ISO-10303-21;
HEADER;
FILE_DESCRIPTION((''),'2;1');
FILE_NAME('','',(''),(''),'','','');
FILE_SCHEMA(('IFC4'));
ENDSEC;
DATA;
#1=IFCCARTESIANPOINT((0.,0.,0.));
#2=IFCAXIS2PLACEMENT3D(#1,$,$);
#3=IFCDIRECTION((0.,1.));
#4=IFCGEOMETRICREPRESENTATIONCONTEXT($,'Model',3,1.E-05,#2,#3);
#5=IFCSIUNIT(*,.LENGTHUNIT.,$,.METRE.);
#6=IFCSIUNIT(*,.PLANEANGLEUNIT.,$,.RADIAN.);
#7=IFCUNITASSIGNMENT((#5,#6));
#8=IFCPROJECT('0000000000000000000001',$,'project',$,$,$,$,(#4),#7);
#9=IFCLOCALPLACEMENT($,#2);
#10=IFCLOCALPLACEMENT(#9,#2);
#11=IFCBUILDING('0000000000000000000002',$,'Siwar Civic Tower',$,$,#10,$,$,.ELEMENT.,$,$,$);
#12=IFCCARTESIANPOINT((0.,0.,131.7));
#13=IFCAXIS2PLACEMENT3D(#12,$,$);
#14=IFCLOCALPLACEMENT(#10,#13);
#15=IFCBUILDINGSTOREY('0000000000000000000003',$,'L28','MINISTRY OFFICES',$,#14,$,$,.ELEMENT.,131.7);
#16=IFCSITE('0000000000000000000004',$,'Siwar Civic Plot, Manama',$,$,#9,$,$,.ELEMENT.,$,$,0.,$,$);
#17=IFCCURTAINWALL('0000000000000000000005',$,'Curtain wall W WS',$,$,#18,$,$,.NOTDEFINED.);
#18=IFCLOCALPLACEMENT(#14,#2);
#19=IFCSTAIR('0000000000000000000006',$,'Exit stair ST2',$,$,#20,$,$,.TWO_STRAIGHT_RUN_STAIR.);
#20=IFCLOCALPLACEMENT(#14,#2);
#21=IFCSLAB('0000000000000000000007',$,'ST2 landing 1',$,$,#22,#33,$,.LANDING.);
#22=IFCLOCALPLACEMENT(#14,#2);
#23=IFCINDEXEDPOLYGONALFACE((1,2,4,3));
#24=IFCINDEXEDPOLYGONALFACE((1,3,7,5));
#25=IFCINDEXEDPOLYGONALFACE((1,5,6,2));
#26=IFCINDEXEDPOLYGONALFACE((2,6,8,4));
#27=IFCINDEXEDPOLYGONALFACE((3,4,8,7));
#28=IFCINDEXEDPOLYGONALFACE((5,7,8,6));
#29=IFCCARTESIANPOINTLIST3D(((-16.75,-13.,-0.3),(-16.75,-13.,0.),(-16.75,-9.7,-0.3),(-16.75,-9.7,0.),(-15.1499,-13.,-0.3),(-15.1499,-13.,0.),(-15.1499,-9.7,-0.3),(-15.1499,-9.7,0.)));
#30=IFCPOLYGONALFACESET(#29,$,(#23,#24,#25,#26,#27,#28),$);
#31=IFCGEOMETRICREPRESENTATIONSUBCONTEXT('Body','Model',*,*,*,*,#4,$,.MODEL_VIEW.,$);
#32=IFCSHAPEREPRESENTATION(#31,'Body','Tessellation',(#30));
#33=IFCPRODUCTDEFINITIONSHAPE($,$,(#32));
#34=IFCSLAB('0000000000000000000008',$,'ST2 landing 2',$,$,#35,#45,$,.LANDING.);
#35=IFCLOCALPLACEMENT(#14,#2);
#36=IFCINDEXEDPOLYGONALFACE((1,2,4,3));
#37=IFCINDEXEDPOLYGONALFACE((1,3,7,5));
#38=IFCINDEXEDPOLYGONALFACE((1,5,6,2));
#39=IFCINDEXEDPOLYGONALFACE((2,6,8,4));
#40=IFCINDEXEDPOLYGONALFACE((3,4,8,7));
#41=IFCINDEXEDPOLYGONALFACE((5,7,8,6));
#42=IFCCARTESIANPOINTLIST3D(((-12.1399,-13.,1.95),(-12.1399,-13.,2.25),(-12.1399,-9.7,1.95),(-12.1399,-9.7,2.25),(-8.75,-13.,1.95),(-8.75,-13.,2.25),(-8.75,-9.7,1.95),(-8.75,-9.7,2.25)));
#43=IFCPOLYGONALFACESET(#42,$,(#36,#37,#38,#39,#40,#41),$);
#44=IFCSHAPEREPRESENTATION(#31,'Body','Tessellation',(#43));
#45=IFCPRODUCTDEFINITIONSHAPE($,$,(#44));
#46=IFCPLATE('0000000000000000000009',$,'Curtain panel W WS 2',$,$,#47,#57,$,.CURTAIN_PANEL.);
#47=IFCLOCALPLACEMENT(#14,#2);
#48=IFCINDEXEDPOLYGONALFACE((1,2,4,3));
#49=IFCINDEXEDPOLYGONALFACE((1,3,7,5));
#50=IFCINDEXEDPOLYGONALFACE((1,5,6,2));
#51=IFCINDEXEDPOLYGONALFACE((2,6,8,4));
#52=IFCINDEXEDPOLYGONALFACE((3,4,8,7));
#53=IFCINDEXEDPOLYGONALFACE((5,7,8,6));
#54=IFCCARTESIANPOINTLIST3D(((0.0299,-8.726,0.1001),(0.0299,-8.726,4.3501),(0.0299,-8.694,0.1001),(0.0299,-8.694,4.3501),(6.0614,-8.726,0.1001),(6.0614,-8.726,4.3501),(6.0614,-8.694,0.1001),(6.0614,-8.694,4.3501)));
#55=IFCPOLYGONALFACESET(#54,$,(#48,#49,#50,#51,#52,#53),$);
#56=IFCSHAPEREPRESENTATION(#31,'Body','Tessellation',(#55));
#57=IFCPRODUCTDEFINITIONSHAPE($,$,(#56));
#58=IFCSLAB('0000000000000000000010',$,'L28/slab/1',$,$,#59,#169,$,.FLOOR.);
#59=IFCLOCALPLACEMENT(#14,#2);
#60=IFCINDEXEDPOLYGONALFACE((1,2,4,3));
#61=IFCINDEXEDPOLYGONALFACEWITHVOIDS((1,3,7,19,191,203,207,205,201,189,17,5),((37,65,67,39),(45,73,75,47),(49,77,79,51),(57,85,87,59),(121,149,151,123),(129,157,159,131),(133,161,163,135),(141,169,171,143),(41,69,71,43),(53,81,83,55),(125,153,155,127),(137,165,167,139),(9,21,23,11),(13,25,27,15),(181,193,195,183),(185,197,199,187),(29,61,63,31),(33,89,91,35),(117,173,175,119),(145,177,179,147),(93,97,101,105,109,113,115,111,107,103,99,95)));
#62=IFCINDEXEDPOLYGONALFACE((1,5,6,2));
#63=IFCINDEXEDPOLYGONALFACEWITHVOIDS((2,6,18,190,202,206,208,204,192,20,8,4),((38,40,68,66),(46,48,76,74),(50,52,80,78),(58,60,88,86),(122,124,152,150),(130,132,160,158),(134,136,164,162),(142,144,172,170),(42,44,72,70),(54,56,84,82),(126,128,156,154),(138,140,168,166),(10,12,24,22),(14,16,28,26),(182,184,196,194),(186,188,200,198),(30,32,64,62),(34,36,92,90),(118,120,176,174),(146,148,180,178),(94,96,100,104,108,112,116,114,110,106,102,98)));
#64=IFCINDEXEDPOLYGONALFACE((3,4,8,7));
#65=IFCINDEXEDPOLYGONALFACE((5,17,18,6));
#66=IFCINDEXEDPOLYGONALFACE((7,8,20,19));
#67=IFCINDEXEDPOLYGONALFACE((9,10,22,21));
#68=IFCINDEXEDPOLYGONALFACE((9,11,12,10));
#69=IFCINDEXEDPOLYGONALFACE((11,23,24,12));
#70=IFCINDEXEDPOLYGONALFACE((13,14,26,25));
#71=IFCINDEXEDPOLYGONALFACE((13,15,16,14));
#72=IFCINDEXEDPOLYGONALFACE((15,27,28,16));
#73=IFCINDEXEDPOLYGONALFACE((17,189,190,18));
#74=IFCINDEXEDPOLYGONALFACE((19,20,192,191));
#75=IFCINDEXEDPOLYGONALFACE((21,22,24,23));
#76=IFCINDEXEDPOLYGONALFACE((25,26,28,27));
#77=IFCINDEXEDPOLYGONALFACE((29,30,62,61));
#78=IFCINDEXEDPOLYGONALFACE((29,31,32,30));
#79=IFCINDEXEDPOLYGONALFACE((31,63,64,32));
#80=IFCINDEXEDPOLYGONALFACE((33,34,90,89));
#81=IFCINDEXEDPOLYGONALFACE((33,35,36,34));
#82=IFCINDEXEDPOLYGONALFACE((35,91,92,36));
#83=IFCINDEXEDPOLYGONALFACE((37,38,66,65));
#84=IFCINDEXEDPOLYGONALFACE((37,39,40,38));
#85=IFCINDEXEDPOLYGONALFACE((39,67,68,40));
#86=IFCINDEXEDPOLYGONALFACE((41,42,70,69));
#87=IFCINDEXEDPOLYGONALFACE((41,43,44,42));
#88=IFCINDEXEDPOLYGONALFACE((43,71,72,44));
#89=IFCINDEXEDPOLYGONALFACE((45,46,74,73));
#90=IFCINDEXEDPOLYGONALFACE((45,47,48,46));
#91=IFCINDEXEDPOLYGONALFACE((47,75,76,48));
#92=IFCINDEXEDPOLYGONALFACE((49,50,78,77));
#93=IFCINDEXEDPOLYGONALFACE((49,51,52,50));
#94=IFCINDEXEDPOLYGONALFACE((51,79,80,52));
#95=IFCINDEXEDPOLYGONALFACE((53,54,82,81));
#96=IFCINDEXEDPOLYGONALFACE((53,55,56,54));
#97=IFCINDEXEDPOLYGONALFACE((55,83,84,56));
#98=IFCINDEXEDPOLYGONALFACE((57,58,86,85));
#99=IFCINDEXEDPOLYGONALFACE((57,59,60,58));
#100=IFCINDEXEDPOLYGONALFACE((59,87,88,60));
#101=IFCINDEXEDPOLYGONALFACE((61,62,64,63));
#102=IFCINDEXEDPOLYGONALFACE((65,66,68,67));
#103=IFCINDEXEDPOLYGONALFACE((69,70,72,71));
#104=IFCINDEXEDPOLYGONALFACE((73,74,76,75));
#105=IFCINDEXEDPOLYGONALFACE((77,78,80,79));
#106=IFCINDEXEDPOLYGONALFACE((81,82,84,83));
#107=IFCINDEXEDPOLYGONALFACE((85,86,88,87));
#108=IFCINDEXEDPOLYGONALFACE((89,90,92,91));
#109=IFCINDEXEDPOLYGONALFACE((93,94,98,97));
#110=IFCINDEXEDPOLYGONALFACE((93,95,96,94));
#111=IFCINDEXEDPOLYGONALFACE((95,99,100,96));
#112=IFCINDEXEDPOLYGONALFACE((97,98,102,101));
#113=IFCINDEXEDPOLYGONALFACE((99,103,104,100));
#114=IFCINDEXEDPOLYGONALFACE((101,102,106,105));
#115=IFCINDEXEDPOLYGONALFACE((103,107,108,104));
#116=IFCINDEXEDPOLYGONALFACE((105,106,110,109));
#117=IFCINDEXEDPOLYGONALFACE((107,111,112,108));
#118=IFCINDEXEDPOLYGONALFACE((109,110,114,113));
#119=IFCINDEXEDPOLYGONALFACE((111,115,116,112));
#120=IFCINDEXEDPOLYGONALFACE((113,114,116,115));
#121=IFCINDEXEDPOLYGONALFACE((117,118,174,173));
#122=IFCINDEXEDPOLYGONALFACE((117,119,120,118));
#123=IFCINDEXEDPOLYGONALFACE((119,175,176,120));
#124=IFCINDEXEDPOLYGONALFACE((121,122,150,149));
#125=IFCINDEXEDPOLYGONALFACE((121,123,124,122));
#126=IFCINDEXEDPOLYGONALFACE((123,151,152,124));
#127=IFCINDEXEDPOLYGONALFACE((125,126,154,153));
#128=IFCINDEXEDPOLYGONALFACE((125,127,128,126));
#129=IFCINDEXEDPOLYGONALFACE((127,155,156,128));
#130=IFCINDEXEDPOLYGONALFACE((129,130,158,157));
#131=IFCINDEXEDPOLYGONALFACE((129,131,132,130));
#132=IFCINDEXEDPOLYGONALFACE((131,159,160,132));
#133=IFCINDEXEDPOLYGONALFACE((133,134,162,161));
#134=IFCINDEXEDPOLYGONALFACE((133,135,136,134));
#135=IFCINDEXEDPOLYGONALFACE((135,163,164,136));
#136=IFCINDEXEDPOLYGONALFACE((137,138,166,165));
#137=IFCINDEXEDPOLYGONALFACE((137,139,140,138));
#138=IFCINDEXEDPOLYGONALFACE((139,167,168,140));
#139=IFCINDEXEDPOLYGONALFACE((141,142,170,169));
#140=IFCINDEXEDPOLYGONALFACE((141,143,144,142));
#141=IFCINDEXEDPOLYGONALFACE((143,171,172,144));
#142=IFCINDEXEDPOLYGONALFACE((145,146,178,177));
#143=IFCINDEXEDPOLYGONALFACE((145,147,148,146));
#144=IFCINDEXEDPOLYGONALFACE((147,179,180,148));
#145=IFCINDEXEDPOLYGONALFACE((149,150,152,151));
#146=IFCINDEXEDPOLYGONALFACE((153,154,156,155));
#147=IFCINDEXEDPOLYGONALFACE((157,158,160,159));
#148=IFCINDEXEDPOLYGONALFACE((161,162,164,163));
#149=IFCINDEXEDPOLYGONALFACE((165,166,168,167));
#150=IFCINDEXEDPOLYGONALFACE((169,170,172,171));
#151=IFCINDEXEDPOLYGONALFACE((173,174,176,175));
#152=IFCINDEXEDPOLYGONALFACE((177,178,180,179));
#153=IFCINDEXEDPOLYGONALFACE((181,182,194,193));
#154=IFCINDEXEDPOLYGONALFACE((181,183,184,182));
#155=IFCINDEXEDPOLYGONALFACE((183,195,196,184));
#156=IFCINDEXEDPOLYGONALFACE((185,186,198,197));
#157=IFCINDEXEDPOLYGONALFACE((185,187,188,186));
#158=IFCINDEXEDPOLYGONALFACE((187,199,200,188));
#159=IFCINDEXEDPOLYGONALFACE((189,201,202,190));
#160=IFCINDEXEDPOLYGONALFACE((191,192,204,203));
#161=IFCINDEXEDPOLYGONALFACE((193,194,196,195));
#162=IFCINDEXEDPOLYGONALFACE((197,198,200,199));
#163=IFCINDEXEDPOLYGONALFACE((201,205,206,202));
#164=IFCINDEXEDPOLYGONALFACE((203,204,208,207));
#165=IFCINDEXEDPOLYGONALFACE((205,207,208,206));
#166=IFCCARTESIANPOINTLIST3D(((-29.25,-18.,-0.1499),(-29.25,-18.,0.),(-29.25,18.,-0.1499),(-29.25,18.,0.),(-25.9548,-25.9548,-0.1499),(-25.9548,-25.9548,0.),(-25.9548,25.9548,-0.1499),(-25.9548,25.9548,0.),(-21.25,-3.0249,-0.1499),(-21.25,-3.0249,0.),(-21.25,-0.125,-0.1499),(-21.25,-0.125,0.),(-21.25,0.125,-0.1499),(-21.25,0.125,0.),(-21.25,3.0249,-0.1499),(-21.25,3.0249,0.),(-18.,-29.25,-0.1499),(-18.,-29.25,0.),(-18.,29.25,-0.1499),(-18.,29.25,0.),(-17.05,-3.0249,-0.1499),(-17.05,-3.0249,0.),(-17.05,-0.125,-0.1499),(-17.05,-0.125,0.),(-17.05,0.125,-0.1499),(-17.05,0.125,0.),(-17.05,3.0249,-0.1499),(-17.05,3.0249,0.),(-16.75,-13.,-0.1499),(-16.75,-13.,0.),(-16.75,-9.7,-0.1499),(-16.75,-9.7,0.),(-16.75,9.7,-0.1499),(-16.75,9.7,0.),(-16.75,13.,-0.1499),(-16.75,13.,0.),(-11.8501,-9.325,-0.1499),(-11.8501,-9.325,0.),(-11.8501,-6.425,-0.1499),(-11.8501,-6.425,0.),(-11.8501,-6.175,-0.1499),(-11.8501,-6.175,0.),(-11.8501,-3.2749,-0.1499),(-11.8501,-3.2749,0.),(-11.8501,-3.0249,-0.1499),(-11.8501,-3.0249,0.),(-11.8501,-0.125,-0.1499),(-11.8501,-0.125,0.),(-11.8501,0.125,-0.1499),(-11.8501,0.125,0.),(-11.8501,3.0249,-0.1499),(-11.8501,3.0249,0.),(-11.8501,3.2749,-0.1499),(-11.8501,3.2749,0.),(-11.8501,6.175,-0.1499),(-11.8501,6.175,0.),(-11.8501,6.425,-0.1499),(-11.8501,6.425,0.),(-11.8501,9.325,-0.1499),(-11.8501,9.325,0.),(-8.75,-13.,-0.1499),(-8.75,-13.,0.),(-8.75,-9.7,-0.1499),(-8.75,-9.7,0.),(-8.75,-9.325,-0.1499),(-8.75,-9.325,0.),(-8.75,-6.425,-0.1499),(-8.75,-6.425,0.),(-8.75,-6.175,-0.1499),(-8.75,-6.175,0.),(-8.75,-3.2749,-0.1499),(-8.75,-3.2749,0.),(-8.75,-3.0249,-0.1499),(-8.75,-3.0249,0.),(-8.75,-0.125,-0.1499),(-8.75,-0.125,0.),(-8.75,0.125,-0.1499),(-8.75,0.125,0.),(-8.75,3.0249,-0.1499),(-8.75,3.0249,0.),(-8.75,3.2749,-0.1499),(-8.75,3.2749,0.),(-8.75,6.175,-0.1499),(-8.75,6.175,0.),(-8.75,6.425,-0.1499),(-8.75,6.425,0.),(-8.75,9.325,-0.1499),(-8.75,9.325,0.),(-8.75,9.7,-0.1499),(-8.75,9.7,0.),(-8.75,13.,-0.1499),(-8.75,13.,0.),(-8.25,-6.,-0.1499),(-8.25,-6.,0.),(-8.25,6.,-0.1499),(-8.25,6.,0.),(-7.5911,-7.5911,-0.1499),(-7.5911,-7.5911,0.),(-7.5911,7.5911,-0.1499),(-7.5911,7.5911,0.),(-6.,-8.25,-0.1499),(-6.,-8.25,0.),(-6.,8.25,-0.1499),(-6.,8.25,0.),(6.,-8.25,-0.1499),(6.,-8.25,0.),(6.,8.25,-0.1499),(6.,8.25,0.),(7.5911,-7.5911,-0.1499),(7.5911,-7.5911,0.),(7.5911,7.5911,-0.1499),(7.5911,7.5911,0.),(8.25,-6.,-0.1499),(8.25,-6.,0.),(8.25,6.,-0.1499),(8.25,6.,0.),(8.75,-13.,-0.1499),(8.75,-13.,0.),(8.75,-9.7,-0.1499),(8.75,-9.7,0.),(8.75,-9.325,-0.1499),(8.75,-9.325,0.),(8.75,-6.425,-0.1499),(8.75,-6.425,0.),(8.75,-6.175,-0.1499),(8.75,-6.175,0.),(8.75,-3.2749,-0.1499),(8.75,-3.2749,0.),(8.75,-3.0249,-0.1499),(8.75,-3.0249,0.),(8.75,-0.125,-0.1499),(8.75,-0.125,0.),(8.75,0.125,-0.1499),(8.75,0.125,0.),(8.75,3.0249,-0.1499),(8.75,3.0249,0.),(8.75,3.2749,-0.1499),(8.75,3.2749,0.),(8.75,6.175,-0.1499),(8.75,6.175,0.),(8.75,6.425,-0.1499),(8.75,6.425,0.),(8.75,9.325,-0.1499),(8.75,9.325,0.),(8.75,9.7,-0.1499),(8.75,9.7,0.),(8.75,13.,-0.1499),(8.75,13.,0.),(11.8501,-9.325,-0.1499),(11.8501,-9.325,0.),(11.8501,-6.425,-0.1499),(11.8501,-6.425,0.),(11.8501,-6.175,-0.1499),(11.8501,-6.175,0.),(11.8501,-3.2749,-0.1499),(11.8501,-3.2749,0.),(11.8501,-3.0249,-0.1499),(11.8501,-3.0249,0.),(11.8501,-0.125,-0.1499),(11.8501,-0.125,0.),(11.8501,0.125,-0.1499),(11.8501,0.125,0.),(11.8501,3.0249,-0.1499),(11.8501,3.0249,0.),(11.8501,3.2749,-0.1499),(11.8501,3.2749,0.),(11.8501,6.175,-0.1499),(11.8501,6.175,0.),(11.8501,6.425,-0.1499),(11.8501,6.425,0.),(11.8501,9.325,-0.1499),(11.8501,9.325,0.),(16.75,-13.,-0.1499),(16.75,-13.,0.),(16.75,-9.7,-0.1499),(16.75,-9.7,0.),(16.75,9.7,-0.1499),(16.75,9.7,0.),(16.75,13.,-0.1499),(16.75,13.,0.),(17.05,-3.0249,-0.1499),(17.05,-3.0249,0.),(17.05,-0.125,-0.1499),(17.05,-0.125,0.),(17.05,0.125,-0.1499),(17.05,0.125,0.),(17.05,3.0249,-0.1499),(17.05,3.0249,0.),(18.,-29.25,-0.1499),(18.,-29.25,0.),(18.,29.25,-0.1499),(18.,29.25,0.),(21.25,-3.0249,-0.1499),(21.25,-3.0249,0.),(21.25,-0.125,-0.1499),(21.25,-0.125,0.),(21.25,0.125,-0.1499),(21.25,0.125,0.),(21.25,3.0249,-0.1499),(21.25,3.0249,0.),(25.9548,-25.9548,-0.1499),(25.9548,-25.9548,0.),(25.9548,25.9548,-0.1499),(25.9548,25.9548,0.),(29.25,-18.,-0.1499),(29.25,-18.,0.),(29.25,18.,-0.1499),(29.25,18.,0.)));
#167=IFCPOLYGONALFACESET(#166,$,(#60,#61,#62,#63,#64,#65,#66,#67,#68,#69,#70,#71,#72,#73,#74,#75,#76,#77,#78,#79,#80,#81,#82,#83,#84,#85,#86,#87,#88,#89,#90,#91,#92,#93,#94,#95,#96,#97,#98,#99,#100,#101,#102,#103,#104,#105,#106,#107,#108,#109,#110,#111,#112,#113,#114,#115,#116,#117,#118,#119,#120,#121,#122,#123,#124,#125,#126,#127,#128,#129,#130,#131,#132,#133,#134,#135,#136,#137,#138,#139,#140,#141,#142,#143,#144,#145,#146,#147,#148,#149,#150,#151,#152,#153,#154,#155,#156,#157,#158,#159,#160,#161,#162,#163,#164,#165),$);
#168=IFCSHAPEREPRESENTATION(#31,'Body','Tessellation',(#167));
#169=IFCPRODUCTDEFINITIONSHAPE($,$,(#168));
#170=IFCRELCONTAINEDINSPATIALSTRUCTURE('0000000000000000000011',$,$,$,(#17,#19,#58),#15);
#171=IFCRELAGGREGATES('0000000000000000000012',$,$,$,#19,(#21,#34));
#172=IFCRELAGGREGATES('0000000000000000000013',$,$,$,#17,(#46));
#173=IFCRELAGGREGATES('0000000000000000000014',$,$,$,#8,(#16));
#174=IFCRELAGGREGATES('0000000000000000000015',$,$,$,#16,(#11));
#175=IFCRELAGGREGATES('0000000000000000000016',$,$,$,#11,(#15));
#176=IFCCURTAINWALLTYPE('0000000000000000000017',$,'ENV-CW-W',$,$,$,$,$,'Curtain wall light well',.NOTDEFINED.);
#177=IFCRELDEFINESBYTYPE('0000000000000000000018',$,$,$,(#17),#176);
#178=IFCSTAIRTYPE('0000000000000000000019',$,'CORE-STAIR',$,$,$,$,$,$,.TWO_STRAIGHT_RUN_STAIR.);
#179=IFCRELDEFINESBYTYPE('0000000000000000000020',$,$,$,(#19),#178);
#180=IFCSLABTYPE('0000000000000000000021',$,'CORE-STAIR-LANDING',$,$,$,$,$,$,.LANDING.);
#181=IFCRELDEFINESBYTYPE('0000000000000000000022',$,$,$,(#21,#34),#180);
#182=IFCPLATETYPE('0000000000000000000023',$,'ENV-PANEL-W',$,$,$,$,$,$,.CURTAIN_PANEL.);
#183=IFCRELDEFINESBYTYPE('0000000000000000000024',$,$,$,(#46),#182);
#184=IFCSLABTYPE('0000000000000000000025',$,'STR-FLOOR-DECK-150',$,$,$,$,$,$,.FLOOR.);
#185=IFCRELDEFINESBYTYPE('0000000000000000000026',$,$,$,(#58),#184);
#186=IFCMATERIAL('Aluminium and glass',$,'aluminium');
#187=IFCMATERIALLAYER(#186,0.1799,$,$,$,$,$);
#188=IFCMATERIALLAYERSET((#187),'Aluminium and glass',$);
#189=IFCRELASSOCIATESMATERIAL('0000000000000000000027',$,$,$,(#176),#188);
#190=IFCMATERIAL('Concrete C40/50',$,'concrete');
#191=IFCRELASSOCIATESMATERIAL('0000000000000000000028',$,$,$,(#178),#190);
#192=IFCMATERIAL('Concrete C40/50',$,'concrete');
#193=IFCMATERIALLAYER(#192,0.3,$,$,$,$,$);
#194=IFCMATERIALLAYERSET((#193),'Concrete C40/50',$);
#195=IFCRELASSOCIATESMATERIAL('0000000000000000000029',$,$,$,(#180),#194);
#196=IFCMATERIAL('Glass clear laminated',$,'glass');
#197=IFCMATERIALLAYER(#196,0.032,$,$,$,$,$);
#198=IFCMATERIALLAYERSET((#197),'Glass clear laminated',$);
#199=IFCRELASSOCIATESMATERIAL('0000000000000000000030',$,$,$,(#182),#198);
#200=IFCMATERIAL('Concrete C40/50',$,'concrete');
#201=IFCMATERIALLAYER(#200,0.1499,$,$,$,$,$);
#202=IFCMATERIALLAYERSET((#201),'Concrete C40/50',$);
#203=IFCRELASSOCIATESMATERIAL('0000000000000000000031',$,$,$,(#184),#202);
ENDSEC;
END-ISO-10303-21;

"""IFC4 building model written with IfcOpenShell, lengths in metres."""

from ifc_helpers import new_model, si_unit, direction, frame, origin, origin_2d, place, context, subcontext, project, spatial, polyline, rectangle, outline, extrude, material, layer, layer_set, type_object, element, aggregate, save


model = new_model("IFC4")

# Units and contexts
model_context = context("Model", 3, precision=1e-05, world=origin(), true_north=direction((0.0, 1.0)))
body_context = subcontext(model_context, "Body", "Model", "MODEL_VIEW")
ifc_project = project(units=[si_unit("LENGTHUNIT", "METRE"), si_unit("PLANEANGLEUNIT", "RADIAN")], contexts=[model_context])

# Site, building, storey
site_placement = place(None, origin())
site = spatial("IfcSite", under=ifc_project, at=site_placement, Name="Siwar Civic Plot, Manama", CompositionType="ELEMENT", RefElevation=0.0)
building_placement = place(site_placement, origin())
building = spatial("IfcBuilding", under=site, at=building_placement, Name="Siwar Civic Tower", CompositionType="ELEMENT")
storey_placement = place(building_placement, frame((0.0, 0.0, 131.7)))
storey = spatial("IfcBuildingStorey", under=building, at=storey_placement, Name="L28", Description="MINISTRY OFFICES", CompositionType="ELEMENT", Elevation=131.7)

# Curtain wall
ifc_material_1 = material(Name="Aluminium and glass", Category="aluminium")
ifc_layer_1 = layer(ifc_material_1, 0.1799)
ifc_layer_set_1 = layer_set([ifc_layer_1], Name="Aluminium and glass")
curtain_wall_type = type_object("IfcCurtainWallType", Name="ENV-CW-W", ElementType="Curtain wall light well", PredefinedType="NOTDEFINED", material=ifc_layer_set_1)
curtain_wall_placement = place(storey_placement, origin())
curtain_wall = element("IfcCurtainWall", 1, at=curtain_wall_placement, inside=storey, type_object=curtain_wall_type, Name="Curtain wall W WS", PredefinedType="NOTDEFINED")

# Stair, slabs
ifc_material_2 = material(Name="Concrete C40/50", Category="concrete")
stair_type = type_object("IfcStairType", Name="CORE-STAIR", PredefinedType="TWO_STRAIGHT_RUN_STAIR", material=ifc_material_2)
ifc_material_3 = material(Name="Concrete C40/50", Category="concrete")
ifc_layer_2 = layer(ifc_material_3, 0.3)
ifc_layer_set_2 = layer_set([ifc_layer_2], Name="Concrete C40/50")
slab_type_1 = type_object("IfcSlabType", Name="CORE-STAIR-LANDING", PredefinedType="LANDING", material=ifc_layer_set_2)
stair_1_placement = place(storey_placement, origin())
stair_1 = element("IfcStair", 2, at=stair_1_placement, inside=storey, type_object=stair_type, Name="Exit stair ST2", PredefinedType="TWO_STRAIGHT_RUN_STAIR")
slab_1_placement = place(storey_placement, frame((0.0, 0.0, -0.3)))
slab_1 = element("IfcSlab", 3, at=slab_1_placement, type_object=slab_type_1, Name="ST2 landing 1", PredefinedType="LANDING", context=body_context, shape_type="SweptSolid", body=[
    extrude(outline(polyline([(-15.1499, -9.7), (-16.75, -9.7), (-16.75, -13.0), (-15.1499, -13.0), (-15.1499, -9.7)])), origin(), (0.0, 0.0, 1.0), 0.3),
])
slab_2_placement = place(storey_placement, frame((0.0, 0.0, 1.95)))
slab_2 = element("IfcSlab", 4, at=slab_2_placement, type_object=slab_type_1, Name="ST2 landing 2", PredefinedType="LANDING", context=body_context, shape_type="SweptSolid", body=[
    extrude(outline(polyline([(-8.75, -9.7), (-12.1399, -9.7), (-12.1399, -13.0), (-8.75, -13.0), (-8.75, -9.7)])), origin(), (0.0, 0.0, 1.0), 0.3),
])
aggregate(stair_1, [slab_1, slab_2])

# Plate
ifc_material_4 = material(Name="Glass clear laminated", Category="glass")
ifc_layer_3 = layer(ifc_material_4, 0.032)
ifc_layer_set_3 = layer_set([ifc_layer_3], Name="Glass clear laminated")
plate_type = type_object("IfcPlateType", Name="ENV-PANEL-W", PredefinedType="CURTAIN_PANEL", material=ifc_layer_set_3)
plate_placement = place(storey_placement, frame((3.0457, -8.71, 0.1001), z_axis=(0.0, 0.0, 1.0), x_axis=(1.0, 0.0, 0.0)))
plate = element("IfcPlate", 5, at=plate_placement, type_object=plate_type, Name="Curtain panel W WS 2", PredefinedType="CURTAIN_PANEL", context=body_context, shape_type="SweptSolid", body=[
    extrude(rectangle(XDim=6.0315, YDim=0.032, at=origin_2d()), origin(), (0.0, 0.0, 1.0), 4.25),
])
aggregate(curtain_wall, [plate])

# Slab
ifc_material_5 = material(Name="Concrete C40/50", Category="concrete")
ifc_layer_4 = layer(ifc_material_5, 0.1499)
ifc_layer_set_4 = layer_set([ifc_layer_4], Name="Concrete C40/50")
slab_type_2 = type_object("IfcSlabType", Name="STR-FLOOR-DECK-150", PredefinedType="FLOOR", material=ifc_layer_set_4)
slab_3_placement = place(storey_placement, frame((0.0, 0.0, -0.1499)))
element("IfcSlab", 6, at=slab_3_placement, inside=storey, type_object=slab_type_2, Name="L28/slab/1", PredefinedType="FLOOR", context=body_context, shape_type="SweptSolid", body=[
    extrude(outline(polyline([(-18.0, -29.25), (18.0, -29.25), (25.9548, -25.9548), (29.25, -18.0), (29.25, 18.0), (25.9548, 25.9548), (18.0, 29.25), (-18.0, 29.25), (-25.9548, 25.9548), (-29.25, 18.0), (-29.25, -18.0), (-25.9548, -25.9548), (-18.0, -29.25)]), holes=[polyline([(21.25, 3.0249), (21.25, 0.125), (17.05, 0.125), (17.05, 3.0249), (21.25, 3.0249)]), polyline([(17.05, -0.125), (21.25, -0.125), (21.25, -3.0249), (17.05, -3.0249), (17.05, -0.125)]), polyline([(16.75, 13.0), (16.75, 9.7), (8.75, 9.7), (8.75, 13.0), (16.75, 13.0)]), polyline([(8.75, -9.7), (16.75, -9.7), (16.75, -13.0), (8.75, -13.0), (8.75, -9.7)]), polyline([(11.8501, 9.325), (11.8501, 6.425), (8.75, 6.425), (8.75, 9.325), (11.8501, 9.325)]), polyline([(11.8501, 3.0249), (11.8501, 0.125), (8.75, 0.125), (8.75, 3.0249), (11.8501, 3.0249)]), polyline([(11.8501, -0.125), (11.8501, -3.0249), (8.75, -3.0249), (8.75, -0.125), (11.8501, -0.125)]), polyline([(11.8501, -3.2749), (11.8501, -6.175), (8.75, -6.175), (8.75, -3.2749), (11.8501, -3.2749)]), polyline([(8.75, 6.175), (11.8501, 6.175), (11.8501, 3.2749), (8.75, 3.2749), (8.75, 6.175)]), polyline([(8.75, -6.425), (11.8501, -6.425), (11.8501, -9.325), (8.75, -9.325), (8.75, -6.425)]), polyline([(-6.0, 8.25), (6.0, 8.25), (7.5911, 7.5911), (8.25, 6.0), (8.25, -6.0), (7.5911, -7.5911), (6.0, -8.25), (-6.0, -8.25), (-7.5911, -7.5911), (-8.25, -6.0), (-8.25, 6.0), (-7.5911, 7.5911), (-6.0, 8.25)]), polyline([(-8.75, 9.7), (-16.75, 9.7), (-16.75, 13.0), (-8.75, 13.0), (-8.75, 9.7)]), polyline([(-8.75, 0.125), (-11.8501, 0.125), (-11.8501, 3.0249), (-8.75, 3.0249), (-8.75, 0.125)]), polyline([(-8.75, -6.175), (-11.8501, -6.175), (-11.8501, -3.2749), (-8.75, -3.2749), (-8.75, -6.175)]), polyline([(-8.75, -9.325), (-11.8501, -9.325), (-11.8501, -6.425), (-8.75, -6.425), (-8.75, -9.325)]), polyline([(-8.75, -13.0), (-16.75, -13.0), (-16.75, -9.7), (-8.75, -9.7), (-8.75, -13.0)]), polyline([(-11.8501, 6.425), (-11.8501, 9.325), (-8.75, 9.325), (-8.75, 6.425), (-11.8501, 6.425)]), polyline([(-11.8501, 3.2749), (-11.8501, 6.175), (-8.75, 6.175), (-8.75, 3.2749), (-11.8501, 3.2749)]), polyline([(-11.8501, -3.0249), (-11.8501, -0.125), (-8.75, -0.125), (-8.75, -3.0249), (-11.8501, -3.0249)]), polyline([(-21.25, -3.0249), (-21.25, -0.125), (-17.05, -0.125), (-17.05, -3.0249), (-21.25, -3.0249)]), polyline([(-17.05, 0.125), (-21.25, 0.125), (-21.25, 3.0249), (-17.05, 3.0249), (-17.05, 0.125)])]), origin(), (0.0, 0.0, 1.0), 0.1499),
])

save(model, "model.ifc")
